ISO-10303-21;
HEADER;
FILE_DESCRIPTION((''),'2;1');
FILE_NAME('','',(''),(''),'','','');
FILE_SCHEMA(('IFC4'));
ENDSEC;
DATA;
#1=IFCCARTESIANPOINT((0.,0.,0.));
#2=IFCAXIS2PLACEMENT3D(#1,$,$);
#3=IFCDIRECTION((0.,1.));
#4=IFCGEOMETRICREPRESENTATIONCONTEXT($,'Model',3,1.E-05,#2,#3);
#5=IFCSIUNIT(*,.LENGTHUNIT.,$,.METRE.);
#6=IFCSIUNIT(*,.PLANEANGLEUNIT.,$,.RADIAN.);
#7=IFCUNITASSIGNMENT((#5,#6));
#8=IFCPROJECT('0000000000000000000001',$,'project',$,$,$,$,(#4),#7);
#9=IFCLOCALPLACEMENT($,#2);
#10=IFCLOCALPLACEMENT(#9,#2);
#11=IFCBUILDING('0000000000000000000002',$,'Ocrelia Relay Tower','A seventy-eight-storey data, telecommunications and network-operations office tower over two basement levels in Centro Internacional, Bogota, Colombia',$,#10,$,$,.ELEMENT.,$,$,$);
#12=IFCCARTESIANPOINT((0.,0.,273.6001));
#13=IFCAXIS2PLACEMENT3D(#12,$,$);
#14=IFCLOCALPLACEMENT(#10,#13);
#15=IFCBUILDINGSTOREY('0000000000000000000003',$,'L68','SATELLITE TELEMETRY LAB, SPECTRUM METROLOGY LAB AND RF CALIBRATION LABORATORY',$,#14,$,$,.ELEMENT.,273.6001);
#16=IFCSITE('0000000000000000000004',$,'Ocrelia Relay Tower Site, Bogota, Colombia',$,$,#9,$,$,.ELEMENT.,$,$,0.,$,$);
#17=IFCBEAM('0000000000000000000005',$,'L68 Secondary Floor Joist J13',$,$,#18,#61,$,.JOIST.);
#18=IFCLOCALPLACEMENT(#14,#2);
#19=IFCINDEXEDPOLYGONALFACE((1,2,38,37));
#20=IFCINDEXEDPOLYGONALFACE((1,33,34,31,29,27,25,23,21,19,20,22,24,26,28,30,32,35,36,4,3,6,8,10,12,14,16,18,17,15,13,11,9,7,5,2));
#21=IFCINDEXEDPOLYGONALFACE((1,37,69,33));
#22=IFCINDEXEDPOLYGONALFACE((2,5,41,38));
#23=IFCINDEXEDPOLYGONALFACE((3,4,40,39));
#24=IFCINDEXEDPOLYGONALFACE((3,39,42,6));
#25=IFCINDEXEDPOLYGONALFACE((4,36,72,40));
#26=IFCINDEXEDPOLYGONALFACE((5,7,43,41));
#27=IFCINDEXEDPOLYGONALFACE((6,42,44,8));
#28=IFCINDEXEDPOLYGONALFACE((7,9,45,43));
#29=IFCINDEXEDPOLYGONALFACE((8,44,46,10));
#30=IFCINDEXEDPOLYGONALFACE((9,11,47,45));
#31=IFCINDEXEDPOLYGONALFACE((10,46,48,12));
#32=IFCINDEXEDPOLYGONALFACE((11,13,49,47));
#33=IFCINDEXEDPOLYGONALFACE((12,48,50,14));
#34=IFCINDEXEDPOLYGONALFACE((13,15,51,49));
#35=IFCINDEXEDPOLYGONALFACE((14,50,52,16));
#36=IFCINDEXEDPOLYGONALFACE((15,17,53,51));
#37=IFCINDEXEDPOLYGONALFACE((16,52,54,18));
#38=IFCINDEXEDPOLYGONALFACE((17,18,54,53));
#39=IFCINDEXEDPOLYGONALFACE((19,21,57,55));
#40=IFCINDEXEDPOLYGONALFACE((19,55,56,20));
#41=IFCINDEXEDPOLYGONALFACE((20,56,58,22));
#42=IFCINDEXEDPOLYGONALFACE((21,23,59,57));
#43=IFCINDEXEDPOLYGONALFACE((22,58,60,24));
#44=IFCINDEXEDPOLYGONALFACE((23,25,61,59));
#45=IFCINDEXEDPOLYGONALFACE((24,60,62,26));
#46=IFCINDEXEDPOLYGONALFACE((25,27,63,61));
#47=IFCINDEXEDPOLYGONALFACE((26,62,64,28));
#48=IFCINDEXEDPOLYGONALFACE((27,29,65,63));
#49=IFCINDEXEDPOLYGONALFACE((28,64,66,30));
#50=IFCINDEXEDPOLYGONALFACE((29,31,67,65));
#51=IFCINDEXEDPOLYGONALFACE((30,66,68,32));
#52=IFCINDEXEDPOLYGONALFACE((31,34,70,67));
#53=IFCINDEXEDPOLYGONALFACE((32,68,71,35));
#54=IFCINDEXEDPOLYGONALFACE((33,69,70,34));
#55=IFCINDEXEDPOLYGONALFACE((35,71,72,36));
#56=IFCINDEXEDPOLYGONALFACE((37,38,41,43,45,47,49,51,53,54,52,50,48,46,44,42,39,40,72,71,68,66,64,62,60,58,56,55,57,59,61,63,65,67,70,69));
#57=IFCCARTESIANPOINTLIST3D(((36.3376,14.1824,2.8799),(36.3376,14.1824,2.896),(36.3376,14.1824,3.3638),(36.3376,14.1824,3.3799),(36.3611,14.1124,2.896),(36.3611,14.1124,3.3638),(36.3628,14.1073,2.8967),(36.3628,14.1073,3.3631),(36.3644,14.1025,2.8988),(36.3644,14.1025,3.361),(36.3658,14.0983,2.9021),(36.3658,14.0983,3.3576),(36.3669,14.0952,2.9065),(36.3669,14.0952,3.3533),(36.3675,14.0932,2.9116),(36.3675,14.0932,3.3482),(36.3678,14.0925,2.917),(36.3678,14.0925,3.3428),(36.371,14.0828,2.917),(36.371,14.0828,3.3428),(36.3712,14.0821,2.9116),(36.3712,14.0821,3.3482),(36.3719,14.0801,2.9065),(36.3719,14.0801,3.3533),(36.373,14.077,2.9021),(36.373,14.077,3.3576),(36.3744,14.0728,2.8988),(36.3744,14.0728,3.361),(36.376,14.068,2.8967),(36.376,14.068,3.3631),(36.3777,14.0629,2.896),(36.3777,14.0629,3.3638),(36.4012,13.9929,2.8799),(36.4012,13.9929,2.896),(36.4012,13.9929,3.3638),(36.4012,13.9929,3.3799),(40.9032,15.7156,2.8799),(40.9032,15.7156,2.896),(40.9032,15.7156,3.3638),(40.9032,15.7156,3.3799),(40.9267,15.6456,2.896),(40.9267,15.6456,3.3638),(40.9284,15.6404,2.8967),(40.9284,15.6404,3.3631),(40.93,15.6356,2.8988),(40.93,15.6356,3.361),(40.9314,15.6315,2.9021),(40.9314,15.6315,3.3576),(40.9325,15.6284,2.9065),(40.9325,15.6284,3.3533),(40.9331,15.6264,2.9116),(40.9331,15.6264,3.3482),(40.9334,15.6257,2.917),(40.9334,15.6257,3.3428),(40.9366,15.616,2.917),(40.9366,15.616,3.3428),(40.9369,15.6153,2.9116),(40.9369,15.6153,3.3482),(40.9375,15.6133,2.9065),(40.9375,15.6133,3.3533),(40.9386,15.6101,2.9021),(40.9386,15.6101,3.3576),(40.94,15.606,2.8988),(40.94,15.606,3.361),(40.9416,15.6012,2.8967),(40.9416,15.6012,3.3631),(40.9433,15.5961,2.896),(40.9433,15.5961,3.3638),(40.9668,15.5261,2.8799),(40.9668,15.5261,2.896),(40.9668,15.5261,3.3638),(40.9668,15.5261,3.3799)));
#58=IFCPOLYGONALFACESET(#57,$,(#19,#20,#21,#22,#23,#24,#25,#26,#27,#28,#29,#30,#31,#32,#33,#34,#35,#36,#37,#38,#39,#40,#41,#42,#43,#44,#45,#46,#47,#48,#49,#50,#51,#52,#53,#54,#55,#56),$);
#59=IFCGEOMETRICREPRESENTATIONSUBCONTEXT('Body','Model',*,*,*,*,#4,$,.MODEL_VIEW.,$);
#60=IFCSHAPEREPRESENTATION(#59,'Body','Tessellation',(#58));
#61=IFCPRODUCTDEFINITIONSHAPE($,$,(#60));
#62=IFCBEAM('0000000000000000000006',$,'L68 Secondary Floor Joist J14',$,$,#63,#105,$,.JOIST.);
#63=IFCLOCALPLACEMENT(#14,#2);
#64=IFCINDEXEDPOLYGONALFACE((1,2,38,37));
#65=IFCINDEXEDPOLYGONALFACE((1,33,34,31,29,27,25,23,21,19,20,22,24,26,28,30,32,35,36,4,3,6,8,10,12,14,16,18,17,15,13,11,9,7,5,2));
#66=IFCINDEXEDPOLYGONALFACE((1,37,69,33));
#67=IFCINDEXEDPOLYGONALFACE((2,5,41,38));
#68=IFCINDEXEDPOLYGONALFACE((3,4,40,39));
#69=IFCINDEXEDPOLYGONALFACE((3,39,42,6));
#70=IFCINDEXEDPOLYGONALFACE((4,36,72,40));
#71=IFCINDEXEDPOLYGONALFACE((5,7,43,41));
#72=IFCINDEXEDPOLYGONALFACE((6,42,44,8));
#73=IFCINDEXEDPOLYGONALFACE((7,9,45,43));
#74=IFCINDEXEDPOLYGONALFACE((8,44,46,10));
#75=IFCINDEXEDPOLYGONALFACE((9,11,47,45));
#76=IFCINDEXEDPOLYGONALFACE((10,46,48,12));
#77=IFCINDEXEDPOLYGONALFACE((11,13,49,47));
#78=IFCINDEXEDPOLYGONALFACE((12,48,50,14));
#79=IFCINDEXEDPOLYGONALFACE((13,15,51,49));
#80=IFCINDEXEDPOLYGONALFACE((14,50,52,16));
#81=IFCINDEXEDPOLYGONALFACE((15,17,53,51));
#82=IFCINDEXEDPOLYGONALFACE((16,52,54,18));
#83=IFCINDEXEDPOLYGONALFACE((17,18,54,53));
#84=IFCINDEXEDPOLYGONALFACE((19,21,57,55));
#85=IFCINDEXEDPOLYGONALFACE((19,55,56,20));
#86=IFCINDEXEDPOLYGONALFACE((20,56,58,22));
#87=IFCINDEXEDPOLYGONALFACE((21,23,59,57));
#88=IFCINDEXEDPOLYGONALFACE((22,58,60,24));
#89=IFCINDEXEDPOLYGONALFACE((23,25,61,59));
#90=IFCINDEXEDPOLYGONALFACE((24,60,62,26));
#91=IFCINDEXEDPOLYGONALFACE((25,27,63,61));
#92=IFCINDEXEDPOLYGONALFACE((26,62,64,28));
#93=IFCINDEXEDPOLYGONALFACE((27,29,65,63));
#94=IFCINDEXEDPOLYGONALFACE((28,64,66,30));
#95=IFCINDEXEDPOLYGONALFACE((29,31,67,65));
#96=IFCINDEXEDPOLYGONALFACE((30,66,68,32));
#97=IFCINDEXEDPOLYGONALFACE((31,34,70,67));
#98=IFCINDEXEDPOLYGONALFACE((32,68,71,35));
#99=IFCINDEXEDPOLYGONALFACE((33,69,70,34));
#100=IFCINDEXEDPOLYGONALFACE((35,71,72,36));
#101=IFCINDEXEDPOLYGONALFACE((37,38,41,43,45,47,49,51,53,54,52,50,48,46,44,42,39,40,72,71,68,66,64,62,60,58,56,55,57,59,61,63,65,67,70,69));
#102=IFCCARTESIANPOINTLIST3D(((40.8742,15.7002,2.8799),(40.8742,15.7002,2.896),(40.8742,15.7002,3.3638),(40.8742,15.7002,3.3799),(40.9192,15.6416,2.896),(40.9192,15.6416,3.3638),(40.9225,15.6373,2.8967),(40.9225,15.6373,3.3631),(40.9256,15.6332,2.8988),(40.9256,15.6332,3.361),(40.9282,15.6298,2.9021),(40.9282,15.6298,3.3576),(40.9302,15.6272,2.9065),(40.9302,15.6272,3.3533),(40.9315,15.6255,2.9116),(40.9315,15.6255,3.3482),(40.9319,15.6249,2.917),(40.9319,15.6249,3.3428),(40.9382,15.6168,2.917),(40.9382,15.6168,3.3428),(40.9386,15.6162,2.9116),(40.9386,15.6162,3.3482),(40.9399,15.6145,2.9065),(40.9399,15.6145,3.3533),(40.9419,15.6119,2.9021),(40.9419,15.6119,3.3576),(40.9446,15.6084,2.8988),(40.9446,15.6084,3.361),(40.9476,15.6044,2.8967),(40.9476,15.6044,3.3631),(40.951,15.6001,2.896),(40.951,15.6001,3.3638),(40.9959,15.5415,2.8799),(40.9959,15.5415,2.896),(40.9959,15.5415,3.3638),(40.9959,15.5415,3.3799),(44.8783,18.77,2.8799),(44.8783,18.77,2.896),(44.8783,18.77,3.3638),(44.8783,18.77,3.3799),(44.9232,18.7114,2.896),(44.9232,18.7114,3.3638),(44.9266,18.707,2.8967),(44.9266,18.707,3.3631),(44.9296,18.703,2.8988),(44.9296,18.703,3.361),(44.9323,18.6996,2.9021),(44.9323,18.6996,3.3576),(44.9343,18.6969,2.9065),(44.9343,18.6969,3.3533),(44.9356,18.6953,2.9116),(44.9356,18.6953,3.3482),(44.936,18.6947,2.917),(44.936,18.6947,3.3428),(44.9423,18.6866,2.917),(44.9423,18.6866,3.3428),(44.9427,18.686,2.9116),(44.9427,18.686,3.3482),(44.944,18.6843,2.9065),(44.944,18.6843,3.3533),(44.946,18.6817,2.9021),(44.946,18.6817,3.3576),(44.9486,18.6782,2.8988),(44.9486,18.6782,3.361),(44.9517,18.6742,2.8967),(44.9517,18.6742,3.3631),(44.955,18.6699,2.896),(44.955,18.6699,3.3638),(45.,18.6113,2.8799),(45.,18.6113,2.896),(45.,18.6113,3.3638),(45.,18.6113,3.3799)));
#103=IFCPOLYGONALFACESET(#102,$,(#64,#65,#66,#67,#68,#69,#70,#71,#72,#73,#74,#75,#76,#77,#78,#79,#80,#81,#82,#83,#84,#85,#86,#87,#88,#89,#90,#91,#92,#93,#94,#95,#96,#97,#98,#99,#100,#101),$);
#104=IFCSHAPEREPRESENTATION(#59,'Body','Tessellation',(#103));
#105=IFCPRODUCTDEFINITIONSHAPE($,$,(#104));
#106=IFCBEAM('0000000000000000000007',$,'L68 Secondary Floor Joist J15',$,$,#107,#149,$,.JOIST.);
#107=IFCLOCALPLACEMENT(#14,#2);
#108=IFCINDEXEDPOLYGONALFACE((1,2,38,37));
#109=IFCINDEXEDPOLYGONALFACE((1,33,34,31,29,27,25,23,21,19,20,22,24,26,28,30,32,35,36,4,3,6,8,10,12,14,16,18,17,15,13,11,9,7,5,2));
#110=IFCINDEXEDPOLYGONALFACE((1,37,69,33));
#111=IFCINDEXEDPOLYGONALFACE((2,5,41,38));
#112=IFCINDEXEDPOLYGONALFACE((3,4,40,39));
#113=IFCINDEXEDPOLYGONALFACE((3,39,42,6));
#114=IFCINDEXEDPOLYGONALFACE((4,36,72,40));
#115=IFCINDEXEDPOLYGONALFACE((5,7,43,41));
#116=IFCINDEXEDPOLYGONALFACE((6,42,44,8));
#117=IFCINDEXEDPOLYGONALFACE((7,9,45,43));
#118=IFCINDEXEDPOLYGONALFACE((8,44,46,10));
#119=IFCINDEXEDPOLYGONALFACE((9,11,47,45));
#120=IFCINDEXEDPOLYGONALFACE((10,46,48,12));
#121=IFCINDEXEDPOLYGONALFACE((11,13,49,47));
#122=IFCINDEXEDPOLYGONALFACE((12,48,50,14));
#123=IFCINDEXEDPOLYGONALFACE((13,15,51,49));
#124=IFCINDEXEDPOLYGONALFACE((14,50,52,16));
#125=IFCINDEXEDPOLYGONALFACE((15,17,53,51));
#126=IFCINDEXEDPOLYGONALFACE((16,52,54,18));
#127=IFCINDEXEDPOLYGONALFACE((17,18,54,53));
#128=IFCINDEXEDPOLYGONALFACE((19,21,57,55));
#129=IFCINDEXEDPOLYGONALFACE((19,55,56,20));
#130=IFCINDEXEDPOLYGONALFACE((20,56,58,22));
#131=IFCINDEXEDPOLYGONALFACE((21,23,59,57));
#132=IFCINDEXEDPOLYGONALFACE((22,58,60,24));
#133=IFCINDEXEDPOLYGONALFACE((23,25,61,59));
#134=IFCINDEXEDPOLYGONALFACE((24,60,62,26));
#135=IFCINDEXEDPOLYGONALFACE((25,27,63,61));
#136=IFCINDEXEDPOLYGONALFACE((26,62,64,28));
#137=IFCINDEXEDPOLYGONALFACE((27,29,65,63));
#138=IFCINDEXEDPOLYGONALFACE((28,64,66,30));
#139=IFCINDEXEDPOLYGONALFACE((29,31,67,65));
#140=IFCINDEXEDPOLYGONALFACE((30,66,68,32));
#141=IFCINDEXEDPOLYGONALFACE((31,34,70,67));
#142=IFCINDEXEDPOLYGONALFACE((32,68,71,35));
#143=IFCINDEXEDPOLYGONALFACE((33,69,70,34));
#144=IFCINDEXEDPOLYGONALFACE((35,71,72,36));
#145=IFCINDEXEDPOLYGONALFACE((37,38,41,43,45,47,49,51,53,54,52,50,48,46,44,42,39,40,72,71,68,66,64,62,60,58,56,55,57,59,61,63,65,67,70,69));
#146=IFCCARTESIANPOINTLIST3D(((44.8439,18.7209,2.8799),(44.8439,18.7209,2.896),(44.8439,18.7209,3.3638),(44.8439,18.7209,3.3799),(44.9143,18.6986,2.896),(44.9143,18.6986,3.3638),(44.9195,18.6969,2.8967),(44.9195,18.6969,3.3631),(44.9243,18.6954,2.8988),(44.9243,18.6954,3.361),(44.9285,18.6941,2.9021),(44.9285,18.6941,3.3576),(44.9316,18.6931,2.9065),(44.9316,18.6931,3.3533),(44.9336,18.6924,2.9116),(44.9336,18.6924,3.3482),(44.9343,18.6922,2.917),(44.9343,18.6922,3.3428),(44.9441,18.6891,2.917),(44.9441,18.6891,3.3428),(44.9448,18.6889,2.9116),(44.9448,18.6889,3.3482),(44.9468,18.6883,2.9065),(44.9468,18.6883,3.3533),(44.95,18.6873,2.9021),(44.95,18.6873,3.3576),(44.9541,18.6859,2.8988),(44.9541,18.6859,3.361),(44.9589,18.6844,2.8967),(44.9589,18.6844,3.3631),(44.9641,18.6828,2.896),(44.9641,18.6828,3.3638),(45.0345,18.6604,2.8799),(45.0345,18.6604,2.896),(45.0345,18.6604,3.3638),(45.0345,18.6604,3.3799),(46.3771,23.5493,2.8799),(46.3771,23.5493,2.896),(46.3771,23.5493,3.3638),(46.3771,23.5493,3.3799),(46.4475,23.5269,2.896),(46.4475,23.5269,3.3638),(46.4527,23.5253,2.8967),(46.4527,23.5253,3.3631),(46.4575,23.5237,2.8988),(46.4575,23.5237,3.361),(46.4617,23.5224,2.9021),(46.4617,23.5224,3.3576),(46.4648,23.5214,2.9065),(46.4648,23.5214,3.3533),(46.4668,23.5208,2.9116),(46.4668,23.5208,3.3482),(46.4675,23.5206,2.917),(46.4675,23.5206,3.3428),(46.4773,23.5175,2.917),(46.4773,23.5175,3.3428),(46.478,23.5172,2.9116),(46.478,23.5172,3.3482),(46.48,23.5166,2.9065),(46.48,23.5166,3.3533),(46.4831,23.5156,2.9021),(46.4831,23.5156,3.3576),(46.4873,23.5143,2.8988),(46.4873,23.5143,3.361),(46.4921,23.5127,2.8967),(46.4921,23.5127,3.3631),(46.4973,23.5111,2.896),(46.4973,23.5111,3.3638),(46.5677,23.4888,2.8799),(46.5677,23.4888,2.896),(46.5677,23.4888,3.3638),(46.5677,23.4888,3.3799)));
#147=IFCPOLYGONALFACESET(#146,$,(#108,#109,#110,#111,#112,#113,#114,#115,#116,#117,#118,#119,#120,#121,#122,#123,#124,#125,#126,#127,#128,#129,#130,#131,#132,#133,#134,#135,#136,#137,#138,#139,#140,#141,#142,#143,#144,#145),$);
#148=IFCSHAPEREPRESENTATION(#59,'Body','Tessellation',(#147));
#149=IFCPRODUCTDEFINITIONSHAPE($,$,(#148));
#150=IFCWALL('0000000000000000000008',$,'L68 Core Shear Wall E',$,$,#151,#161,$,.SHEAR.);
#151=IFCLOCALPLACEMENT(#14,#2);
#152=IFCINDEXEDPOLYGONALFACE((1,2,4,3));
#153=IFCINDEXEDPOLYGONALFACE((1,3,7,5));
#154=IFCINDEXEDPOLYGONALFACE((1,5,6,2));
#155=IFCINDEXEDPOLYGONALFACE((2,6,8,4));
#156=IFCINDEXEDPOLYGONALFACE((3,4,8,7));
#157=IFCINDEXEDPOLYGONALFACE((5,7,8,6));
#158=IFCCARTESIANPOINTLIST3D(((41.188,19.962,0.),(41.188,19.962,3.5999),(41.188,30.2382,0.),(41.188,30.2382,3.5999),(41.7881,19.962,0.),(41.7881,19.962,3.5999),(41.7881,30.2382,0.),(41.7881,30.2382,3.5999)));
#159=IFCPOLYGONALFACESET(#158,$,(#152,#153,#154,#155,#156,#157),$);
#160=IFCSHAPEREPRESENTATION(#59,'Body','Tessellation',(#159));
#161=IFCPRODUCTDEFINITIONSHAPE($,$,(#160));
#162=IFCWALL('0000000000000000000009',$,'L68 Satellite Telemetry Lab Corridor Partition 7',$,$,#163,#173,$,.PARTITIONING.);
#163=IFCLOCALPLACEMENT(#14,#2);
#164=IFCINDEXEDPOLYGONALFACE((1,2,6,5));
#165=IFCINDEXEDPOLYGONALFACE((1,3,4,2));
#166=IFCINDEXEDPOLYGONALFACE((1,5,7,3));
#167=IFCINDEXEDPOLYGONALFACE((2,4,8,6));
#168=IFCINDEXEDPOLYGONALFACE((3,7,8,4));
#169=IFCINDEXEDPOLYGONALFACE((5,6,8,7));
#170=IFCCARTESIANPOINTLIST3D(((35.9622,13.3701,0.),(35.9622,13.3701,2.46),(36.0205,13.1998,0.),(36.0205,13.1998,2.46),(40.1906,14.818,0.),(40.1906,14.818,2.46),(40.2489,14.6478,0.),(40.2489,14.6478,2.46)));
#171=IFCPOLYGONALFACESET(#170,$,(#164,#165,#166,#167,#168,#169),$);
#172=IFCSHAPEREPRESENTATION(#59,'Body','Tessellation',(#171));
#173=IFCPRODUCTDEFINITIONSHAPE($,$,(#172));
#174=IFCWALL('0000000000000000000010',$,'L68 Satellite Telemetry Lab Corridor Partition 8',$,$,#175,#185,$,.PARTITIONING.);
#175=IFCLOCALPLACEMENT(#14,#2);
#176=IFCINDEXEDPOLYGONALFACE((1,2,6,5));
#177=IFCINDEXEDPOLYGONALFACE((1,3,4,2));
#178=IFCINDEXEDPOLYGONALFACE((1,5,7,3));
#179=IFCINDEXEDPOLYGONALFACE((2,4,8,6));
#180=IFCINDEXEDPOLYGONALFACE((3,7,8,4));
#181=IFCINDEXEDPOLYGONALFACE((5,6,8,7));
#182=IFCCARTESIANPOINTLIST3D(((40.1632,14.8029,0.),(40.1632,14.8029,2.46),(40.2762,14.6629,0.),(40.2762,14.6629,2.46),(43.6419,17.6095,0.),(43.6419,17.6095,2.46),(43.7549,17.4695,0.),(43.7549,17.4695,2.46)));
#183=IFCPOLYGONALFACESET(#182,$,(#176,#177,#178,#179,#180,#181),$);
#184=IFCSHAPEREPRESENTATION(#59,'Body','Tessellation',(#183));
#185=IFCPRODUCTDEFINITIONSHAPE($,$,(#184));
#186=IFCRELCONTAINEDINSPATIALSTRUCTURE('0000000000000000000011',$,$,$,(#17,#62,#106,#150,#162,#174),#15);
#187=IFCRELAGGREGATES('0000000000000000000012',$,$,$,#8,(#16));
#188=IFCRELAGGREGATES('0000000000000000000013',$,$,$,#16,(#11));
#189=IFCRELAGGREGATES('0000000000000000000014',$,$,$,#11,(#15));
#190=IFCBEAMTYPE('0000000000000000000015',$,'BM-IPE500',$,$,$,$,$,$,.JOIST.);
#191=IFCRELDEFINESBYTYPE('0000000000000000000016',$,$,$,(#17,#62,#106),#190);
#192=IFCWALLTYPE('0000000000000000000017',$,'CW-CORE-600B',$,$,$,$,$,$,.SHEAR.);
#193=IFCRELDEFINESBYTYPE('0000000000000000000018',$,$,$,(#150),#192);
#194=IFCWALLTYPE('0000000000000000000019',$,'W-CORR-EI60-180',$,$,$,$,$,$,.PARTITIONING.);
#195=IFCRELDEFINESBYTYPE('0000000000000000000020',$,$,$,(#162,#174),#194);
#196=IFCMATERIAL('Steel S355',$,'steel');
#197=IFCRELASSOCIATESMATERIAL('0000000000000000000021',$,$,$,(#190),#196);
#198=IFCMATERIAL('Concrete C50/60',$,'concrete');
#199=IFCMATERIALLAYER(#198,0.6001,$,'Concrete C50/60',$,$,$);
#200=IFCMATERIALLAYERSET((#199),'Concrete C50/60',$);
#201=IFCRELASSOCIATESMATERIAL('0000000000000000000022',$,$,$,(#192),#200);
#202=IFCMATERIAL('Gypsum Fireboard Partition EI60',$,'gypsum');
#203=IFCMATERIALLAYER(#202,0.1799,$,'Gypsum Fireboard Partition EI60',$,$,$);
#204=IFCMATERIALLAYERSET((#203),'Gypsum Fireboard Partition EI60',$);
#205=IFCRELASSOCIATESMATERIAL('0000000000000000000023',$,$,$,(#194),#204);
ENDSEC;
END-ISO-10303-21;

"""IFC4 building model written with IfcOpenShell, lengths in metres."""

from ifc_helpers import new_model, si_unit, direction, frame, frame_2d, origin, origin_2d, place, context, subcontext, project, spatial, rectangle, i_section, extrude, material, layer, layer_set, material_profile, profile_set, type_object, element, save


model = new_model("IFC4")

# Units and contexts
model_context = context("Model", 3, precision=1e-05, world=origin(), true_north=direction((0.0, 1.0)))
body_context = subcontext(model_context, "Body", "Model", "MODEL_VIEW")
ifc_project = project(units=[si_unit("LENGTHUNIT", "METRE"), si_unit("PLANEANGLEUNIT", "RADIAN")], contexts=[model_context])

# Site, building, storey
site_placement = place(None, origin())
site = spatial("IfcSite", under=ifc_project, at=site_placement, Name="Ocrelia Relay Tower Site, Bogota, Colombia", CompositionType="ELEMENT", RefElevation=0.0)
building_placement = place(site_placement, origin())
building = spatial("IfcBuilding", under=site, at=building_placement, Name="Ocrelia Relay Tower", Description="A seventy-eight-storey data, telecommunications and network-operations office tower over two basement levels in Centro Internacional, Bogota, Colombia", CompositionType="ELEMENT")
storey_placement = place(building_placement, frame((0.0, 0.0, 273.6001)))
storey = spatial("IfcBuildingStorey", under=building, at=storey_placement, Name="L68", Description="SATELLITE TELEMETRY LAB, SPECTRUM METROLOGY LAB AND RF CALIBRATION LABORATORY", CompositionType="ELEMENT", Elevation=273.6001)

# Shared definitions
ifc_material_1 = material(Name="Concrete C50/60", Category="concrete")

# Beams
ifc_material_2 = material(Name="Steel S355", Category="steel")
ifc_material_profile_1 = material_profile(ifc_material_2, i_section(OverallWidth=0.2, OverallDepth=0.5, WebThickness=0.0103, FlangeThickness=0.0161, FilletRadius=0.021, at=origin_2d()), Name="IPE 500")
ifc_profile_set_1 = profile_set([ifc_material_profile_1], Name="Steel S355")
beam_type_1 = type_object("IfcBeamType", Name="BM-IPE500", PredefinedType="JOIST", material=ifc_profile_set_1)
beam_1_placement = place(storey_placement, frame((36.3694, 14.0876, 3.1299), z_axis=(0.947976, 0.318341, 0.0), x_axis=(-0.318341, 0.947976, 0.0)))
element("IfcBeam", 1, at=beam_1_placement, inside=storey, type_object=beam_type_1, Name="L68 Secondary Floor Joist J13", PredefinedType="JOIST", context=body_context, shape_type="SweptSolid", body=[
    extrude(i_section(OverallWidth=0.2, OverallDepth=0.5, WebThickness=0.0103, FlangeThickness=0.0161, FilletRadius=0.021, at=origin_2d()), origin(), (0.0, 0.0, 1.0), 4.8162),
])
beam_2_placement = place(storey_placement, frame((40.9351, 15.6208, 3.1299), z_axis=(0.793609, 0.608428, 0.0), x_axis=(-0.608428, 0.793609, 0.0)))
element("IfcBeam", 2, at=beam_2_placement, inside=storey, type_object=beam_type_1, Name="L68 Secondary Floor Joist J14", PredefinedType="JOIST", context=body_context, shape_type="SweptSolid", body=[
    extrude(i_section(OverallWidth=0.2, OverallDepth=0.5, WebThickness=0.0103, FlangeThickness=0.0161, FilletRadius=0.021, at=origin_2d()), origin(), (0.0, 0.0, 1.0), 5.0454),
])
beam_3_placement = place(storey_placement, frame((44.9392, 18.6907, 3.1299), z_axis=(0.302649, 0.953102, 0.0), x_axis=(-0.953102, 0.302649, 0.0)))
element("IfcBeam", 3, at=beam_3_placement, inside=storey, type_object=beam_type_1, Name="L68 Secondary Floor Joist J15", PredefinedType="JOIST", context=body_context, shape_type="SweptSolid", body=[
    extrude(i_section(OverallWidth=0.2, OverallDepth=0.5, WebThickness=0.0103, FlangeThickness=0.0161, FilletRadius=0.021, at=origin_2d()), origin(), (0.0, 0.0, 1.0), 5.0659),
])

# Walls
ifc_layer_1 = layer(ifc_material_1, 0.6001, Name="Concrete C50/60")
ifc_layer_set_1 = layer_set([ifc_layer_1], Name="Concrete C50/60")
wall_type_1 = type_object("IfcWallType", Name="CW-CORE-600B", PredefinedType="SHEAR", material=ifc_layer_set_1)
wall_1_placement = place(storey_placement, frame((41.488, 19.9619, 0.0), z_axis=(0.0, 0.0, 1.0), x_axis=(0.0, 1.0, 0.0)))
element("IfcWall", 4, at=wall_1_placement, inside=storey, type_object=wall_type_1, Name="L68 Core Shear Wall E", PredefinedType="SHEAR", context=body_context, shape_type="SweptSolid", body=[
    extrude(rectangle(XDim=10.2761, YDim=0.6001, at=frame_2d((5.1382, 0.0))), origin(), (0.0, 0.0, 1.0), 3.5999),
])
ifc_material_3 = material(Name="Gypsum Fireboard Partition EI60", Category="gypsum")
ifc_layer_2 = layer(ifc_material_3, 0.1799, Name="Gypsum Fireboard Partition EI60")
ifc_layer_set_2 = layer_set([ifc_layer_2], Name="Gypsum Fireboard Partition EI60")
wall_type_2 = type_object("IfcWallType", Name="W-CORR-EI60-180", PredefinedType="PARTITIONING", material=ifc_layer_set_2)
wall_2_placement = place(storey_placement, frame((35.9912, 13.2849, 0.0), z_axis=(0.0, 0.0, 1.0), x_axis=(0.946068, 0.323968, 0.0)))
element("IfcWall", 5, at=wall_2_placement, inside=storey, type_object=wall_type_2, Name="L68 Satellite Telemetry Lab Corridor Partition 7", PredefinedType="PARTITIONING", context=body_context, shape_type="SweptSolid", body=[
    extrude(rectangle(XDim=4.4695, YDim=0.1799, at=frame_2d((2.2349, 0.0))), origin(), (0.0, 0.0, 1.0), 2.46),
])
wall_3_placement = place(storey_placement, frame((40.2197, 14.7329, 0.0), z_axis=(0.0, 0.0, 1.0), x_axis=(0.778283, 0.627914, 0.0)))
element("IfcWall", 6, at=wall_3_placement, inside=storey, type_object=wall_type_2, Name="L68 Satellite Telemetry Lab Corridor Partition 8", PredefinedType="PARTITIONING", context=body_context, shape_type="SweptSolid", body=[
    extrude(rectangle(XDim=4.4697, YDim=0.1799, at=frame_2d((2.2349, 0.0))), origin(), (0.0, 0.0, 1.0), 2.46),
])

save(model, "model.ifc")
